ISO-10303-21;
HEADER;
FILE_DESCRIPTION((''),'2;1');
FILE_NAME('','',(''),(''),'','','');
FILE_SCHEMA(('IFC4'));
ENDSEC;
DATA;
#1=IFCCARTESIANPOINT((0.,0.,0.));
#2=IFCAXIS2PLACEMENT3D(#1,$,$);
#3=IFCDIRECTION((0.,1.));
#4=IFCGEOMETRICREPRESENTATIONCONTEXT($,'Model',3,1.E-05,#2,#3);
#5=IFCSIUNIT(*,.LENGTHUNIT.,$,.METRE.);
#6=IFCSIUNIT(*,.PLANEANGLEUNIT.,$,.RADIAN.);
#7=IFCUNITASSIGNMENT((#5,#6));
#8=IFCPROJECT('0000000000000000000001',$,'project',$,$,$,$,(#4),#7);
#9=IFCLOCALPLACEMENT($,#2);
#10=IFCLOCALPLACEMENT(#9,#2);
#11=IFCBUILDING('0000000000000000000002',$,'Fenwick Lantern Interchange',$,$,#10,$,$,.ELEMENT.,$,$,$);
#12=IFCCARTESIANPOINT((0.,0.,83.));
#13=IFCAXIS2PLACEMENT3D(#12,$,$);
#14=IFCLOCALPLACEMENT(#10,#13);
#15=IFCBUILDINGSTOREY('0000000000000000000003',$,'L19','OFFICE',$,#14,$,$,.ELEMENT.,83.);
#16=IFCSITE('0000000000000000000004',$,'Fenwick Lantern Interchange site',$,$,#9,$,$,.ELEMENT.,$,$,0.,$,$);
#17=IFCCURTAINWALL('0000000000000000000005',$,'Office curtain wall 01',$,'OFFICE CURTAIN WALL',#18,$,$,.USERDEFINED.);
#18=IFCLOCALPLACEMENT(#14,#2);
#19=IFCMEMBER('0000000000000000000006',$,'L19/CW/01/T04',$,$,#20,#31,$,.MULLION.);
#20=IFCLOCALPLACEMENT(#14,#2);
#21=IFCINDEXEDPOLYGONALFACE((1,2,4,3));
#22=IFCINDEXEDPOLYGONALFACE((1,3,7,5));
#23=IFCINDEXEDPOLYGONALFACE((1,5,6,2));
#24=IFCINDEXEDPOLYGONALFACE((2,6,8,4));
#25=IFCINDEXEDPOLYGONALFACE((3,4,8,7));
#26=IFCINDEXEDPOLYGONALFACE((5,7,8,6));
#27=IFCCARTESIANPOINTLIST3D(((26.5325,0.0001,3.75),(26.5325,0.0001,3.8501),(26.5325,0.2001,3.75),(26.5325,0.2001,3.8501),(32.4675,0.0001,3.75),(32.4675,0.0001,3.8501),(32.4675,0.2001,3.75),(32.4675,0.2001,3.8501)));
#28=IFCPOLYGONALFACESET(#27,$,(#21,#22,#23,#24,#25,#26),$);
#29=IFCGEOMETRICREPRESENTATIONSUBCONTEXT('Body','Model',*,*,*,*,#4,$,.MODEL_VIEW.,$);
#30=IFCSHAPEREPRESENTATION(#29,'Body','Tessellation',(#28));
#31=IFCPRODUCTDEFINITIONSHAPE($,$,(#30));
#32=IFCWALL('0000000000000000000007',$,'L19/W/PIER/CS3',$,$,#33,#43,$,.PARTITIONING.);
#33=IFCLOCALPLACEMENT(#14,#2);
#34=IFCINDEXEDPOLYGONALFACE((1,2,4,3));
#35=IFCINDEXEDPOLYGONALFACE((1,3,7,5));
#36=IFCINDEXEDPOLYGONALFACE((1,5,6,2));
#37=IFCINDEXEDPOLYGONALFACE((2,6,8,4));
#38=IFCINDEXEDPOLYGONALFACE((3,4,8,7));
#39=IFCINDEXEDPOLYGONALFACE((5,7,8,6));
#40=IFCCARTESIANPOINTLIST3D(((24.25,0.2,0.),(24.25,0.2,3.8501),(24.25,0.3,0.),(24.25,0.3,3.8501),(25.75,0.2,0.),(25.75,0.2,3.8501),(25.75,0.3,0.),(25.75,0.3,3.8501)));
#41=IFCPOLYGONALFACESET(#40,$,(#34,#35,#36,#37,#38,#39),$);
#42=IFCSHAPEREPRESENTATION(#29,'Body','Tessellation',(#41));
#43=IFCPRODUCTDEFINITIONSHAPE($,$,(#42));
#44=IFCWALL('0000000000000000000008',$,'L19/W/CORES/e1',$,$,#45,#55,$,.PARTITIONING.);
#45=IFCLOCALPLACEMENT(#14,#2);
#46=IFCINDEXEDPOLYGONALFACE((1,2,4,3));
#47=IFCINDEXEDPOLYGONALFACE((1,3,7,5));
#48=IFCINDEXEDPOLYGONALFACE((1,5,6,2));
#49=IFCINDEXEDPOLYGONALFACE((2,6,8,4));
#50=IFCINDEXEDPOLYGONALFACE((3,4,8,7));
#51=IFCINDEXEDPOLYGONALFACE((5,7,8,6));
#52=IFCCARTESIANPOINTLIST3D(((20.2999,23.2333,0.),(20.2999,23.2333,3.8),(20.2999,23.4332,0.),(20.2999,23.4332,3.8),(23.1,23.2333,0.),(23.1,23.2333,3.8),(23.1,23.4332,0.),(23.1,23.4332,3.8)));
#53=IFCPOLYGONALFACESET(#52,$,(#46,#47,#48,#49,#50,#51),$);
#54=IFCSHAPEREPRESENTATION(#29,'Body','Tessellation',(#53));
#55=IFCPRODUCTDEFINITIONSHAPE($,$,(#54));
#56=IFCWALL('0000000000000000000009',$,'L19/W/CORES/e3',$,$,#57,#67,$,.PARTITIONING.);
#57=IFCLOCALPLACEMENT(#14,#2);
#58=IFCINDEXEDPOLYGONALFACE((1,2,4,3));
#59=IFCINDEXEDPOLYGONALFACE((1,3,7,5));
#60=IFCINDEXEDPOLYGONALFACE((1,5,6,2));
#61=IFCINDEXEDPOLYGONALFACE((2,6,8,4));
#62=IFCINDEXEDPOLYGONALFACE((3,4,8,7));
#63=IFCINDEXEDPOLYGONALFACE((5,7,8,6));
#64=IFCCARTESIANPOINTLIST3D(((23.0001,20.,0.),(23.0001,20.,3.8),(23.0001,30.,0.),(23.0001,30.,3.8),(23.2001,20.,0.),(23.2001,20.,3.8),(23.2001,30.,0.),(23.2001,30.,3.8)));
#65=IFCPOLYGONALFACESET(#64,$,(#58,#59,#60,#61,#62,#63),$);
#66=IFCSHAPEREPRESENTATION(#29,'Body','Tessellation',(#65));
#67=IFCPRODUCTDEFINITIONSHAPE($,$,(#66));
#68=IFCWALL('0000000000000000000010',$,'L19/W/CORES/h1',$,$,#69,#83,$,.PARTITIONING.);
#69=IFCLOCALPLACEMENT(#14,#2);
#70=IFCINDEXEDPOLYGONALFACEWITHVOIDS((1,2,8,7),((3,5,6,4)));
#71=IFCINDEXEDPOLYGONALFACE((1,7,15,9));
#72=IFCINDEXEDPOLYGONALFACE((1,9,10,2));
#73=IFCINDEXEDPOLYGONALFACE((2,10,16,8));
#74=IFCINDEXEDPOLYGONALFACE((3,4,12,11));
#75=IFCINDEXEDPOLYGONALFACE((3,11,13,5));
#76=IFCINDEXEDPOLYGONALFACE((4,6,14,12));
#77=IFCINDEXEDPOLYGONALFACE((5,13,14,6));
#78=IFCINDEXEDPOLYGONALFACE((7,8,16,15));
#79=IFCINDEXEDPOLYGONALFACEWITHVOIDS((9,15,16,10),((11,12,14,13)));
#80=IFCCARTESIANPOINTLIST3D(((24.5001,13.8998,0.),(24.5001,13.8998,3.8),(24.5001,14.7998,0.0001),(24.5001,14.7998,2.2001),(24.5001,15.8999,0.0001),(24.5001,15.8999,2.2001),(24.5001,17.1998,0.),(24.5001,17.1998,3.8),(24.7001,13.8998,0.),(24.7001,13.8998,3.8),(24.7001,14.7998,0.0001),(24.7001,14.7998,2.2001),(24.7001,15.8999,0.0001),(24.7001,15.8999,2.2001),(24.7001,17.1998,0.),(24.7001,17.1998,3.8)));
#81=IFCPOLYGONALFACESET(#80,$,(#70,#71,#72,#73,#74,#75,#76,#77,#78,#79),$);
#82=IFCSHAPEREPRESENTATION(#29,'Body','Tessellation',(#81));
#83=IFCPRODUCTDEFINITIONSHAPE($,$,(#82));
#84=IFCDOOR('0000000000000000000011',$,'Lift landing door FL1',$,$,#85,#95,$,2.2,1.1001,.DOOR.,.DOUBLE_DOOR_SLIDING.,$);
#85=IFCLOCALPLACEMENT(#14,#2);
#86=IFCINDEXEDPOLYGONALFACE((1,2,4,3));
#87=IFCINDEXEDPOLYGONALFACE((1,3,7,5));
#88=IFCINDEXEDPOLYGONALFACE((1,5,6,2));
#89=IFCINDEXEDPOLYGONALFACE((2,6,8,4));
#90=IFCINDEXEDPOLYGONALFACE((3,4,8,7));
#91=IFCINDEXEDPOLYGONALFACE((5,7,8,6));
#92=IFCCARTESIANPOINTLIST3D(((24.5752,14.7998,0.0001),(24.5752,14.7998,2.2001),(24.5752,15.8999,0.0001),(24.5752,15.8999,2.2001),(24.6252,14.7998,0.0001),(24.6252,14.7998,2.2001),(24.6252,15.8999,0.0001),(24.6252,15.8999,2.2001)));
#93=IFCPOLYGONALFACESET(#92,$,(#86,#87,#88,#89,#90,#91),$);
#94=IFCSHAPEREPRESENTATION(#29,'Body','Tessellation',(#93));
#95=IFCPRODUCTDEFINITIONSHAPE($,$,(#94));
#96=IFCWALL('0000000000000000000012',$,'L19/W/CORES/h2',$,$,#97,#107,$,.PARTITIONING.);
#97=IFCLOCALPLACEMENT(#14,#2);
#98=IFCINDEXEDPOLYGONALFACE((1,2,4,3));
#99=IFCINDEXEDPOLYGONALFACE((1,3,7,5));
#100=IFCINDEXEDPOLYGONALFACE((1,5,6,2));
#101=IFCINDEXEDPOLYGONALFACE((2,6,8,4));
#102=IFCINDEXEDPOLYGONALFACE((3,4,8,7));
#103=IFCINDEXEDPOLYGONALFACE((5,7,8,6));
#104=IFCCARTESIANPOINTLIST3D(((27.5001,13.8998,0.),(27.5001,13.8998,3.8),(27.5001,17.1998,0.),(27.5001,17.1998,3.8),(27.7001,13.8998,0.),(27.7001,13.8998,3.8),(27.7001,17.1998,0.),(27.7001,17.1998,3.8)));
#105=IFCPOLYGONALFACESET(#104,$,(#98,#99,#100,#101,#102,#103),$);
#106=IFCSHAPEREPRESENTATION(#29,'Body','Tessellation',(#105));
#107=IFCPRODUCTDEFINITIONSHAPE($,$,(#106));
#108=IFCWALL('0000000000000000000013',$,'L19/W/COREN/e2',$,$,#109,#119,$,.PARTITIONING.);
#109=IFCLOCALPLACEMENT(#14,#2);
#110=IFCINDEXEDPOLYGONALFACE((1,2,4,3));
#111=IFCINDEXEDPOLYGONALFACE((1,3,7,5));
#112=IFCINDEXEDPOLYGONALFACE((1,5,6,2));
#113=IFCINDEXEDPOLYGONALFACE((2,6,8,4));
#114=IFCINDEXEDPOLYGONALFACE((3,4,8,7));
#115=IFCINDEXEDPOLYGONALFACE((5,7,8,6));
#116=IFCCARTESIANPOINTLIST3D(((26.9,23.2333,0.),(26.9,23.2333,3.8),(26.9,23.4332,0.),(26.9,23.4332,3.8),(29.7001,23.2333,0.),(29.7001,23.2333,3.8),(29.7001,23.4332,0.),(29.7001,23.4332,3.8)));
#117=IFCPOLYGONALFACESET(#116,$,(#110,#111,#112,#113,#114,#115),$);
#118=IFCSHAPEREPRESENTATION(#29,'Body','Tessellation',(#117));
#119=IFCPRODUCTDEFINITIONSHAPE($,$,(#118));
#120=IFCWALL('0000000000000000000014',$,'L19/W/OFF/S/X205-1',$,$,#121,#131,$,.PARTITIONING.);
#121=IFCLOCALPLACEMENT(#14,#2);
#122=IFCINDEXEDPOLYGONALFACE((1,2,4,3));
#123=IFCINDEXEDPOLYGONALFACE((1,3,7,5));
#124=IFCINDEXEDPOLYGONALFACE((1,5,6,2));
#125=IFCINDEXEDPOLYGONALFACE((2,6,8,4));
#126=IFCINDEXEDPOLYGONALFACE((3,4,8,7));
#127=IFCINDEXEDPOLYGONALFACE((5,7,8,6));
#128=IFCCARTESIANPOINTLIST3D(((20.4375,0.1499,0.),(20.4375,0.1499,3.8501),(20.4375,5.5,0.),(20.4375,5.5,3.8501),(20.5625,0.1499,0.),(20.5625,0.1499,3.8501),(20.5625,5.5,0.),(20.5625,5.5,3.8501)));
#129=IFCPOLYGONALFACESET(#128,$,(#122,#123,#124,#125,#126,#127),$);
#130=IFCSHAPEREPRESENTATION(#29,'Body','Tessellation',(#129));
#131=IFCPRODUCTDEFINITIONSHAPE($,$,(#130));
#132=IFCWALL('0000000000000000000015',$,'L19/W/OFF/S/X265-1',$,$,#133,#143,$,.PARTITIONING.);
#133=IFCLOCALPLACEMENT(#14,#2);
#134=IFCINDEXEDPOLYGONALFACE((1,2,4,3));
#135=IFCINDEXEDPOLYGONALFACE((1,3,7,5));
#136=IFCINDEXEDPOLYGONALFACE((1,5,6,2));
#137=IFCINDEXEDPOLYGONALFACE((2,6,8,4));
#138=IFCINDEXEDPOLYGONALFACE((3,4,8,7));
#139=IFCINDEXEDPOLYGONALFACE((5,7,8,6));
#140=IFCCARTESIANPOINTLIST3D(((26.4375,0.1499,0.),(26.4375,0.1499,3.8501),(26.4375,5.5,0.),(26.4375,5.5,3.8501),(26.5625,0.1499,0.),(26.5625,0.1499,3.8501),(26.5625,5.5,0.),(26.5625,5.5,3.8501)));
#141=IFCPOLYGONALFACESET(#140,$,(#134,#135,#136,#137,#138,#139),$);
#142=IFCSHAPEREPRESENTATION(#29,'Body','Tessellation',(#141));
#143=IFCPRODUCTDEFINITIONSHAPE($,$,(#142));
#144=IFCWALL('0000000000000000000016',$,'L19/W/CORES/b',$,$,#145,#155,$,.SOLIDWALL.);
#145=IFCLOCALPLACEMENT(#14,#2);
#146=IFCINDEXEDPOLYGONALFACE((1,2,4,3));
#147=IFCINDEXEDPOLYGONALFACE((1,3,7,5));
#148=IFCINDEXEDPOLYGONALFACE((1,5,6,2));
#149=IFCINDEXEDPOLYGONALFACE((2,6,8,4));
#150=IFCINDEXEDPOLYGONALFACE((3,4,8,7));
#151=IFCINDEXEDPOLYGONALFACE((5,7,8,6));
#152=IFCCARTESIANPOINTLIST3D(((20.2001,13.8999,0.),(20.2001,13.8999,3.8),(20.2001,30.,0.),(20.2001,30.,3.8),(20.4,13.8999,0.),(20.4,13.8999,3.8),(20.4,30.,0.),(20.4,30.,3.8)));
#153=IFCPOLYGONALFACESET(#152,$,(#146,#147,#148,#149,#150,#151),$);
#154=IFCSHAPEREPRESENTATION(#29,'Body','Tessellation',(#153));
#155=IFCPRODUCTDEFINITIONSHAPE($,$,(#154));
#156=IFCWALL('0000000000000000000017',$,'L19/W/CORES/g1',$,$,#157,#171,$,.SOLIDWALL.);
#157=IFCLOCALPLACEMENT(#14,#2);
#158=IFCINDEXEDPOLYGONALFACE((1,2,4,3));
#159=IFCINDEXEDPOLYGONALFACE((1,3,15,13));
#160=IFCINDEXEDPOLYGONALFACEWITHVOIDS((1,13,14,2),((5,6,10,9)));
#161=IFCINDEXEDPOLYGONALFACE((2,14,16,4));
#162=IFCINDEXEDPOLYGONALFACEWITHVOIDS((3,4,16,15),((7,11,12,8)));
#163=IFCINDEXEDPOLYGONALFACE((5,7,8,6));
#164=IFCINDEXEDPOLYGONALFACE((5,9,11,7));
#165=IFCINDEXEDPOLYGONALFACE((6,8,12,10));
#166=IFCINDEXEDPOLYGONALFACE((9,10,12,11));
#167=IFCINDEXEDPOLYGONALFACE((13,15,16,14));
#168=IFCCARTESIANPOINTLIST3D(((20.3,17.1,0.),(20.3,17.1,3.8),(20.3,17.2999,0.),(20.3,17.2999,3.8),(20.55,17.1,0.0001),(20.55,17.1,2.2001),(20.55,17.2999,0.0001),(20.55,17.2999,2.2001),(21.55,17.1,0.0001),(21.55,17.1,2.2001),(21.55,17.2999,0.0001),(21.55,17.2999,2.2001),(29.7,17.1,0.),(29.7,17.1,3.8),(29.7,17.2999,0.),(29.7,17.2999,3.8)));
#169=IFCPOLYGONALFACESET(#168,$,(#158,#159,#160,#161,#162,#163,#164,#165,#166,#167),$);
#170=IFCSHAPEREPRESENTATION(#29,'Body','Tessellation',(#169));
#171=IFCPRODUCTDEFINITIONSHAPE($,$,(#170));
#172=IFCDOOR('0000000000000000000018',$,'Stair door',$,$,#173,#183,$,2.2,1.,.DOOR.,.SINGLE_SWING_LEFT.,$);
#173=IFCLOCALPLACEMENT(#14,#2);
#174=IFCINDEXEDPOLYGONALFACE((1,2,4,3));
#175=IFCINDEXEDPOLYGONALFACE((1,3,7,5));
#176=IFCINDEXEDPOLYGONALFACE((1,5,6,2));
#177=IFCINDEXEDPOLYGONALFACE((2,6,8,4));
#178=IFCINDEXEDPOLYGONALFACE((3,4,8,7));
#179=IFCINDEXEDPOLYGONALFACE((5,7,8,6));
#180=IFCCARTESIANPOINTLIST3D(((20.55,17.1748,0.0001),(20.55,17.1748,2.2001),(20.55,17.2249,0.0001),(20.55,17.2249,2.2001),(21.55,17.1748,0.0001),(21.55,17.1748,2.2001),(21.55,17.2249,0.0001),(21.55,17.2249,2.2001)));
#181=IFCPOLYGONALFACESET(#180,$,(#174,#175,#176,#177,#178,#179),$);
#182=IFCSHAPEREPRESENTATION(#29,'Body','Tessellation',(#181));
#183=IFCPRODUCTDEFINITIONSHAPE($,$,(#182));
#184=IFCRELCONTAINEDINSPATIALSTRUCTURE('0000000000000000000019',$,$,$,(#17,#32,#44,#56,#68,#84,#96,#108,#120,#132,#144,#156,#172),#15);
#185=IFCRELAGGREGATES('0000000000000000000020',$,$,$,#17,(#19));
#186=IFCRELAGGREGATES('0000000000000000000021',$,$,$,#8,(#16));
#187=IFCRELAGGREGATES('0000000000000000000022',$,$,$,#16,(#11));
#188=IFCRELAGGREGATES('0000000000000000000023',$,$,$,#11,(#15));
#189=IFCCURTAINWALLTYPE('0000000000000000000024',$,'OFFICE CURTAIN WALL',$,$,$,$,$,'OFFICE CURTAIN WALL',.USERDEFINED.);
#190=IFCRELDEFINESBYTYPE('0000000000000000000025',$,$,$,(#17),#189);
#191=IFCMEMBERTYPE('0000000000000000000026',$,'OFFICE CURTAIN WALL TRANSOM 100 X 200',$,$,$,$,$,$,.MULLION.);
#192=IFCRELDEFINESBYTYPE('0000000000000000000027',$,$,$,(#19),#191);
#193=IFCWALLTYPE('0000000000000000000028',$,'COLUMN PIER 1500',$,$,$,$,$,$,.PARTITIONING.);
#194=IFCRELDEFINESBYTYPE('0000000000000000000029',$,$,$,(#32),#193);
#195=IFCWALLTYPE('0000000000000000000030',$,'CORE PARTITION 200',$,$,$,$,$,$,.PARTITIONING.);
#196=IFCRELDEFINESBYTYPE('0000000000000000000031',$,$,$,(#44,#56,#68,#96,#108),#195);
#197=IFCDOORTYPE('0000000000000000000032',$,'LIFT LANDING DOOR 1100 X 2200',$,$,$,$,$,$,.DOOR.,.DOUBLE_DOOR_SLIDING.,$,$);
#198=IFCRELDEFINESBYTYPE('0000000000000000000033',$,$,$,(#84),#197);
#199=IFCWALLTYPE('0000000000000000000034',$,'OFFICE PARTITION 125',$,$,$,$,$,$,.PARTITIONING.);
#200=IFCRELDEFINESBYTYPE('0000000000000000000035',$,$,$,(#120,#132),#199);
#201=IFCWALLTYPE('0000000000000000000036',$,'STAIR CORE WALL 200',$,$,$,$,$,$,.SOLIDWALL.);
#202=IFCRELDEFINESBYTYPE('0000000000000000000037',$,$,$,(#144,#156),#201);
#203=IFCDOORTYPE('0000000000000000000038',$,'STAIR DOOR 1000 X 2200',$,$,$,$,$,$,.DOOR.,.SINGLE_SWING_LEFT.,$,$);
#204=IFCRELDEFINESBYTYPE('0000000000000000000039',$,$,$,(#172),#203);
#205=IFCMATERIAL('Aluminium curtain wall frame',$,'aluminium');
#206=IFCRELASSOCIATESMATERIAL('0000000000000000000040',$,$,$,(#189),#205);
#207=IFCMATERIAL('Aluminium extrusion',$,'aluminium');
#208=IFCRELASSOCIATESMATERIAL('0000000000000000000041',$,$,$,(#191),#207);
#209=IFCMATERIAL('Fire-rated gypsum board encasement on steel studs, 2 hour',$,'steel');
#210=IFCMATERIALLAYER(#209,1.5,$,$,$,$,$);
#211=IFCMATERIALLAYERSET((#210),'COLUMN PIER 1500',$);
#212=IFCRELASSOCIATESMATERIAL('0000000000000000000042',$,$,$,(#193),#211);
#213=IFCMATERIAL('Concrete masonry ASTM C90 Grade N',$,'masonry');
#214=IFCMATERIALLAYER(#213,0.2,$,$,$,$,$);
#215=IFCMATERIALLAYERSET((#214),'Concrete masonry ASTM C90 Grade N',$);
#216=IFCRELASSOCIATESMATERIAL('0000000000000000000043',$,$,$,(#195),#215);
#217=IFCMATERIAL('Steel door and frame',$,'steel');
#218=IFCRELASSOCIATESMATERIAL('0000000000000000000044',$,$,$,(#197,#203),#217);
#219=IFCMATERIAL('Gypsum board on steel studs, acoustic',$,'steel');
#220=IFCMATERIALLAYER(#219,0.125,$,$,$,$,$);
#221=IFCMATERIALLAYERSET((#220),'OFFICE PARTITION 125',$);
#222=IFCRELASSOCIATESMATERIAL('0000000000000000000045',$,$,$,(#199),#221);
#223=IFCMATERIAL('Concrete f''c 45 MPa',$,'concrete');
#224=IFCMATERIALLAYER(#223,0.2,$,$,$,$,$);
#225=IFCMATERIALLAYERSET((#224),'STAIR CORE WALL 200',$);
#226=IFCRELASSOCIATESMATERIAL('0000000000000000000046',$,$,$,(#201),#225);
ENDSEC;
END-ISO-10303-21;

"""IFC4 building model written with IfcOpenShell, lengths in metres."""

from ifc_helpers import new_model, si_unit, direction, frame, frame_2d, origin, origin_2d, place, context, subcontext, project, spatial, rectangle, extrude, material, layer, layer_set, material_profile, profile_set, type_object, element, fill, aggregate, save


model = new_model("IFC4")

# Units and contexts
model_context = context("Model", 3, precision=1e-05, world=origin(), true_north=direction((0.0, 1.0)))
body_context = subcontext(model_context, "Body", "Model", "MODEL_VIEW")
ifc_project = project(units=[si_unit("LENGTHUNIT", "METRE"), si_unit("PLANEANGLEUNIT", "RADIAN")], contexts=[model_context])

# Site, building, storey
site_placement = place(None, origin())
site = spatial("IfcSite", under=ifc_project, at=site_placement, Name="Fenwick Lantern Interchange site", CompositionType="ELEMENT", RefElevation=0.0)
building_placement = place(site_placement, origin())
building = spatial("IfcBuilding", under=site, at=building_placement, Name="Fenwick Lantern Interchange", CompositionType="ELEMENT")
storey_placement = place(building_placement, frame((0.0, 0.0, 83.0)))
storey = spatial("IfcBuildingStorey", under=building, at=storey_placement, Name="L19", Description="OFFICE", CompositionType="ELEMENT", Elevation=83.0)

# Curtain wall, member
ifc_material_1 = material(Name="Aluminium curtain wall frame", Category="aluminium")
curtain_wall_type = type_object("IfcCurtainWallType", Name="OFFICE CURTAIN WALL", ElementType="OFFICE CURTAIN WALL", PredefinedType="USERDEFINED", material=ifc_material_1)
curtain_wall_placement = place(storey_placement, origin())
curtain_wall = element("IfcCurtainWall", 1, at=curtain_wall_placement, inside=storey, type_object=curtain_wall_type, Name="Office curtain wall 01", ObjectType="OFFICE CURTAIN WALL", PredefinedType="USERDEFINED")
ifc_material_2 = material(Name="Aluminium extrusion", Category="aluminium")
ifc_material_profile_1 = material_profile(ifc_material_2, rectangle(XDim=0.2, YDim=0.1001, at=origin_2d()), Name="OFFICE CURTAIN WALL TRANSOM 100 X 200")
ifc_profile_set_1 = profile_set([ifc_material_profile_1], Name="Aluminium extrusion")
member_type_1 = type_object("IfcMemberType", Name="OFFICE CURTAIN WALL TRANSOM 100 X 200", PredefinedType="MULLION", material=ifc_profile_set_1)
member_1_placement = place(storey_placement, frame((26.5325, 0.1001, 3.8), z_axis=(1.0, 0.0, 0.0), x_axis=(0.0, 1.0, 0.0)))
member_1 = element("IfcMember", 2, at=member_1_placement, type_object=member_type_1, Name="L19/CW/01/T04", PredefinedType="MULLION", context=body_context, shape_type="SweptSolid", body=[
    extrude(rectangle(XDim=0.2, YDim=0.1001, at=origin_2d()), origin(), (0.0, 0.0, 1.0), 5.9351),
])
aggregate(curtain_wall, [member_1])

# Walls
ifc_material_3 = material(Name="Fire-rated gypsum board encasement on steel studs, 2 hour", Category="steel")
ifc_layer_1 = layer(ifc_material_3, 1.5)
ifc_layer_set_1 = layer_set([ifc_layer_1], Name="COLUMN PIER 1500")
wall_type_1 = type_object("IfcWallType", Name="COLUMN PIER 1500", PredefinedType="PARTITIONING", material=ifc_layer_set_1)
wall_1_placement = place(storey_placement, frame((25.0, 0.2, 0.0), z_axis=(0.0, 0.0, 1.0), x_axis=(0.0, 1.0, 0.0)))
element("IfcWall", 3, at=wall_1_placement, inside=storey, type_object=wall_type_1, Name="L19/W/PIER/CS3", PredefinedType="PARTITIONING", context=body_context, shape_type="SweptSolid", body=[
    extrude(rectangle(XDim=0.1001, YDim=1.5, at=frame_2d((0.05, 0.0))), origin(), (0.0, 0.0, 1.0), 3.8501),
])
ifc_material_4 = material(Name="Concrete masonry ASTM C90 Grade N", Category="masonry")
ifc_layer_2 = layer(ifc_material_4, 0.2)
ifc_layer_set_2 = layer_set([ifc_layer_2], Name="Concrete masonry ASTM C90 Grade N")
wall_type_2 = type_object("IfcWallType", Name="CORE PARTITION 200", PredefinedType="PARTITIONING", material=ifc_layer_set_2)
wall_2_placement = place(storey_placement, frame((20.3, 23.3333, 0.0), z_axis=(0.0, 0.0, 1.0), x_axis=(1.0, 0.0, 0.0)))
element("IfcWall", 4, at=wall_2_placement, inside=storey, type_object=wall_type_2, Name="L19/W/CORES/e1", PredefinedType="PARTITIONING", context=body_context, shape_type="SweptSolid", body=[
    extrude(rectangle(XDim=2.8, YDim=0.2, at=frame_2d((1.3999, 0.0))), origin(), (0.0, 0.0, 1.0), 3.8),
])
wall_3_placement = place(storey_placement, frame((23.1001, 20.0, 0.0), z_axis=(0.0, 0.0, 1.0), x_axis=(0.0, 1.0, 0.0)))
element("IfcWall", 5, at=wall_3_placement, inside=storey, type_object=wall_type_2, Name="L19/W/CORES/e3", PredefinedType="PARTITIONING", context=body_context, shape_type="SweptSolid", body=[
    extrude(rectangle(XDim=10.0, YDim=0.2, at=frame_2d((5.0, 0.0))), origin(), (0.0, 0.0, 1.0), 3.8),
])

# Wall, opening, door
wall_4_placement = place(storey_placement, frame((24.6001, 13.8999, 0.0), z_axis=(0.0, 0.0, 1.0), x_axis=(0.0, 1.0, 0.0)))
wall_4 = element("IfcWall", 6, at=wall_4_placement, inside=storey, type_object=wall_type_2, Name="L19/W/CORES/h1", PredefinedType="PARTITIONING", context=body_context, shape_type="SweptSolid", body=[
    extrude(rectangle(XDim=3.3, YDim=0.2, at=frame_2d((1.6499, 0.0))), origin(), (0.0, 0.0, 1.0), 3.8),
])
opening_1_placement = place(wall_4_placement, frame((0.8999, 0.0, 0.0)))
opening_1 = element("IfcOpeningElement", 7, at=opening_1_placement, cuts=wall_4, PredefinedType="OPENING", context=body_context, shape_type="SweptSolid", body=[
    extrude(rectangle(XDim=1.1001, YDim=2.2, at=frame_2d((0.55, 1.1001))), frame((0.0, 0.1099, 0.0), z_axis=(0.0, -1.0, 0.0), x_axis=(1.0, 0.0, 0.0)), (0.0, 0.0, 1.0), 0.22),
])
ifc_material_5 = material(Name="Steel door and frame", Category="steel")
door_type_1 = type_object("IfcDoorType", Name="LIFT LANDING DOOR 1100 X 2200", OperationType="DOUBLE_DOOR_SLIDING", PredefinedType="DOOR", material=ifc_material_5)
door_1_placement = place(opening_1_placement, origin())
door_1 = element("IfcDoor", 8, at=door_1_placement, inside=storey, type_object=door_type_1, Name="Lift landing door FL1", OperationType="DOUBLE_DOOR_SLIDING", OverallHeight=2.2, OverallWidth=1.1001, PredefinedType="DOOR", context=body_context, shape_type="SweptSolid", body=[
    extrude(rectangle(XDim=1.1001, YDim=2.2, at=frame_2d((0.55, 1.1001))), frame((0.0, 0.0249, 0.0), z_axis=(0.0, -1.0, 0.0), x_axis=(1.0, 0.0, 0.0)), (0.0, 0.0, 1.0), 0.05),
])
fill(opening_1, door_1)

# Walls
wall_5_placement = place(storey_placement, frame((27.6001, 13.8999, 0.0), z_axis=(0.0, 0.0, 1.0), x_axis=(0.0, 1.0, 0.0)))
element("IfcWall", 9, at=wall_5_placement, inside=storey, type_object=wall_type_2, Name="L19/W/CORES/h2", PredefinedType="PARTITIONING", context=body_context, shape_type="SweptSolid", body=[
    extrude(rectangle(XDim=3.3, YDim=0.2, at=frame_2d((1.6499, 0.0))), origin(), (0.0, 0.0, 1.0), 3.8),
])
wall_6_placement = place(storey_placement, frame((29.7, 23.3333, 0.0), z_axis=(0.0, 0.0, 1.0), x_axis=(-1.0, 0.0, 0.0)))
element("IfcWall", 10, at=wall_6_placement, inside=storey, type_object=wall_type_2, Name="L19/W/COREN/e2", PredefinedType="PARTITIONING", context=body_context, shape_type="SweptSolid", body=[
    extrude(rectangle(XDim=2.8, YDim=0.2, at=frame_2d((1.3999, 0.0))), origin(), (0.0, 0.0, 1.0), 3.8),
])
ifc_material_6 = material(Name="Gypsum board on steel studs, acoustic", Category="steel")
ifc_layer_3 = layer(ifc_material_6, 0.125)
ifc_layer_set_3 = layer_set([ifc_layer_3], Name="OFFICE PARTITION 125")
wall_type_3 = type_object("IfcWallType", Name="OFFICE PARTITION 125", PredefinedType="PARTITIONING", material=ifc_layer_set_3)
for number, where, z_axis, x_axis, name in (
    (11, (20.5, 0.1499, 0.0), (0.0, 0.0, 1.0), (0.0, 1.0, 0.0), "L19/W/OFF/S/X205-1"),
    (12, (26.5, 0.1499, 0.0), (0.0, 0.0, 1.0), (0.0, 1.0, 0.0), "L19/W/OFF/S/X265-1"),
):
    element("IfcWall", number, at=place(storey_placement, frame(where, z_axis=z_axis, x_axis=x_axis)), inside=storey, type_object=wall_type_3, Name=name, PredefinedType="PARTITIONING", context=body_context, shape_type="SweptSolid", body=[
        extrude(rectangle(XDim=5.3501, YDim=0.125, at=frame_2d((2.675, 0.0))), origin(), (0.0, 0.0, 1.0), 3.8501),
    ])
ifc_material_7 = material(Name="Concrete f'c 45 MPa", Category="concrete")
ifc_layer_4 = layer(ifc_material_7, 0.2)
ifc_layer_set_4 = layer_set([ifc_layer_4], Name="STAIR CORE WALL 200")
wall_type_4 = type_object("IfcWallType", Name="STAIR CORE WALL 200", PredefinedType="SOLIDWALL", material=ifc_layer_set_4)
wall_7_placement = place(storey_placement, frame((20.3, 13.8999, 0.0), z_axis=(0.0, 0.0, 1.0), x_axis=(0.0, 1.0, 0.0)))
element("IfcWall", 13, at=wall_7_placement, inside=storey, type_object=wall_type_4, Name="L19/W/CORES/b", PredefinedType="SOLIDWALL", context=body_context, shape_type="SweptSolid", body=[
    extrude(rectangle(XDim=16.1001, YDim=0.2, at=frame_2d((8.05, 0.0))), origin(), (0.0, 0.0, 1.0), 3.8),
])

# Wall, opening, door
wall_8_placement = place(storey_placement, frame((20.3, 17.2, 0.0), z_axis=(0.0, 0.0, 1.0), x_axis=(1.0, 0.0, 0.0)))
wall_8 = element("IfcWall", 14, at=wall_8_placement, inside=storey, type_object=wall_type_4, Name="L19/W/CORES/g1", PredefinedType="SOLIDWALL", context=body_context, shape_type="SweptSolid", body=[
    extrude(rectangle(XDim=9.3999, YDim=0.2, at=frame_2d((4.7, 0.0))), origin(), (0.0, 0.0, 1.0), 3.8),
])
opening_2_placement = place(wall_8_placement, frame((0.25, 0.0, 0.0)))
opening_2 = element("IfcOpeningElement", 15, at=opening_2_placement, cuts=wall_8, PredefinedType="OPENING", context=body_context, shape_type="SweptSolid", body=[
    extrude(rectangle(XDim=1.0, YDim=2.2, at=frame_2d((0.5, 1.1001))), frame((0.0, 0.1099, 0.0), z_axis=(0.0, -1.0, 0.0), x_axis=(1.0, 0.0, 0.0)), (0.0, 0.0, 1.0), 0.22),
])
door_type_2 = type_object("IfcDoorType", Name="STAIR DOOR 1000 X 2200", OperationType="SINGLE_SWING_LEFT", PredefinedType="DOOR", material=ifc_material_5)
door_2_placement = place(opening_2_placement, origin())
door_2 = element("IfcDoor", 16, at=door_2_placement, inside=storey, type_object=door_type_2, Name="Stair door", OperationType="SINGLE_SWING_LEFT", OverallHeight=2.2, OverallWidth=1.0, PredefinedType="DOOR", context=body_context, shape_type="SweptSolid", body=[
    extrude(rectangle(XDim=1.0, YDim=2.2, at=frame_2d((0.5, 1.1001))), frame((0.0, 0.0249, 0.0), z_axis=(0.0, -1.0, 0.0), x_axis=(1.0, 0.0, 0.0)), (0.0, 0.0, 1.0), 0.05),
])
fill(opening_2, door_2)

save(model, "model.ifc")
